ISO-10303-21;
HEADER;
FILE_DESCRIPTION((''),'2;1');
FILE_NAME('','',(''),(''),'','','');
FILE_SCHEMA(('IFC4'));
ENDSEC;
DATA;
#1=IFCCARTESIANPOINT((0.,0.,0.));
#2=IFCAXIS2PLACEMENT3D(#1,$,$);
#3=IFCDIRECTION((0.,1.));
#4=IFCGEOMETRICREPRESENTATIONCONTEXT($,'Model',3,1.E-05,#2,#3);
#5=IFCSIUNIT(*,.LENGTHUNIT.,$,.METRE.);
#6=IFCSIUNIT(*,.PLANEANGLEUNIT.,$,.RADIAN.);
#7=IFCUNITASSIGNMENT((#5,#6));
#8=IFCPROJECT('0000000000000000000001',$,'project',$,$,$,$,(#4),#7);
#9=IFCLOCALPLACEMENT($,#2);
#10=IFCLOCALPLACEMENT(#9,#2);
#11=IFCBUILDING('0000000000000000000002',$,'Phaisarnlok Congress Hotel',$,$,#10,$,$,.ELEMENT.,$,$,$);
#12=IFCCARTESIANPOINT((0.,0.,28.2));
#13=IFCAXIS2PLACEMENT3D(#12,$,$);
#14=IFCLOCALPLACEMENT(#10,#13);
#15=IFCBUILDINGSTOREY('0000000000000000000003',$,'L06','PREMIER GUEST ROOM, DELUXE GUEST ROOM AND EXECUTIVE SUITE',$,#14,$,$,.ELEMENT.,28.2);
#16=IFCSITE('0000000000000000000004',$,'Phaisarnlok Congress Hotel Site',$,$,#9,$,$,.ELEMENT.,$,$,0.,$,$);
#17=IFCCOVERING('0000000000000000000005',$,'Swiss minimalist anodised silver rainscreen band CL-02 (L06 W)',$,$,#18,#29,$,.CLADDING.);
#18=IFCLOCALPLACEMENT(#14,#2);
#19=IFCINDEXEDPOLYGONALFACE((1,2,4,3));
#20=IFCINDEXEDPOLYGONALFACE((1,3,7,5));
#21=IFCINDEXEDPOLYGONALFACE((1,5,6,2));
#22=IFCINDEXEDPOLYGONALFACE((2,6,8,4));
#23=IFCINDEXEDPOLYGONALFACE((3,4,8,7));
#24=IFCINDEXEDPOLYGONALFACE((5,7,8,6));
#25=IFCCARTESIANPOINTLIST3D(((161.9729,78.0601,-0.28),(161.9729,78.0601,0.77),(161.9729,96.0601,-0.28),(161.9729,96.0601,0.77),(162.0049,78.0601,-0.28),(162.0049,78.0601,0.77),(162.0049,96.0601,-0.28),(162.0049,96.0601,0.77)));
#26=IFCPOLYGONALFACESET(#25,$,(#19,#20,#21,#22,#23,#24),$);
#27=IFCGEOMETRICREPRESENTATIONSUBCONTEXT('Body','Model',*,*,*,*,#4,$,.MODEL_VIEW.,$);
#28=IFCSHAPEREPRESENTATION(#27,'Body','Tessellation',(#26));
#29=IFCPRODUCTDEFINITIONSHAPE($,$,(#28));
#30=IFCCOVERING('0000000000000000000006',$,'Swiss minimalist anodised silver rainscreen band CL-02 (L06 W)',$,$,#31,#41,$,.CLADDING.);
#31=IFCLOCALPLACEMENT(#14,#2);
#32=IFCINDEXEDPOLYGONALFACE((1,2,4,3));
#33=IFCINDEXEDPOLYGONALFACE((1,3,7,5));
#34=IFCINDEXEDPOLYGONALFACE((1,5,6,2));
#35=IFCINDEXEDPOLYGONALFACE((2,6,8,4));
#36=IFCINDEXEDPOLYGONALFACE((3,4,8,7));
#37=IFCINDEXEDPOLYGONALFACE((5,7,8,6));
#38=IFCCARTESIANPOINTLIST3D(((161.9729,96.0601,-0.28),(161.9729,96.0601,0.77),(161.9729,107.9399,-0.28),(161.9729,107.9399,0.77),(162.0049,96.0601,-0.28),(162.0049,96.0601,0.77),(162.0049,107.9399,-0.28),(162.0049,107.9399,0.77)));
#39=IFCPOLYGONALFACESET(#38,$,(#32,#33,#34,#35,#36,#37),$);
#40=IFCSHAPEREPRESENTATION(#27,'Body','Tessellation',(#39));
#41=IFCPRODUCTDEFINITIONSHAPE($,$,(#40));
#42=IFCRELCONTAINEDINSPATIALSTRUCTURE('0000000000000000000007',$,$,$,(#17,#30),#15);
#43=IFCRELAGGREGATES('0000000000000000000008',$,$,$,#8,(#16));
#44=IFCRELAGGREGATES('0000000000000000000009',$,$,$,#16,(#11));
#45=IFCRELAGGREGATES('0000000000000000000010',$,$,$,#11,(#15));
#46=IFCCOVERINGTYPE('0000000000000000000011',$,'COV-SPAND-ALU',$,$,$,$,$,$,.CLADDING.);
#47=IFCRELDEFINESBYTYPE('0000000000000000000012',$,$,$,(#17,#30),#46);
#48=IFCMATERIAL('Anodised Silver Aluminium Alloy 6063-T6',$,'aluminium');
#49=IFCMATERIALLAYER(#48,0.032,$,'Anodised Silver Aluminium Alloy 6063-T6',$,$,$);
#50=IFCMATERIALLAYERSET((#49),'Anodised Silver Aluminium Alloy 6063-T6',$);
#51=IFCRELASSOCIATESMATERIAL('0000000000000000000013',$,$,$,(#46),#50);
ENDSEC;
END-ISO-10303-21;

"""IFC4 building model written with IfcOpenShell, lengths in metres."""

from ifc_helpers import new_model, si_unit, direction, frame, origin, place, context, subcontext, project, spatial, polyline, outline, extrude, material, layer, layer_set, type_object, element, save


model = new_model("IFC4")

# Units and contexts
model_context = context("Model", 3, precision=1e-05, world=origin(), true_north=direction((0.0, 1.0)))
body_context = subcontext(model_context, "Body", "Model", "MODEL_VIEW")
ifc_project = project(units=[si_unit("LENGTHUNIT", "METRE"), si_unit("PLANEANGLEUNIT", "RADIAN")], contexts=[model_context])

# Site, building, storey
site_placement = place(None, origin())
site = spatial("IfcSite", under=ifc_project, at=site_placement, Name="Phaisarnlok Congress Hotel Site", CompositionType="ELEMENT", RefElevation=0.0)
building_placement = place(site_placement, origin())
building = spatial("IfcBuilding", under=site, at=building_placement, Name="Phaisarnlok Congress Hotel", CompositionType="ELEMENT")
storey_placement = place(building_placement, frame((0.0, 0.0, 28.2)))
storey = spatial("IfcBuildingStorey", under=building, at=storey_placement, Name="L06", Description="PREMIER GUEST ROOM, DELUXE GUEST ROOM AND EXECUTIVE SUITE", CompositionType="ELEMENT", Elevation=28.2)

# Coverings
ifc_material_1 = material(Name="Anodised Silver Aluminium Alloy 6063-T6", Category="aluminium")
ifc_layer_1 = layer(ifc_material_1, 0.032, Name="Anodised Silver Aluminium Alloy 6063-T6")
ifc_layer_set_1 = layer_set([ifc_layer_1], Name="Anodised Silver Aluminium Alloy 6063-T6")
covering_type = type_object("IfcCoveringType", Name="COV-SPAND-ALU", PredefinedType="CLADDING", material=ifc_layer_set_1)
covering_1_placement = place(storey_placement, frame((162.0049, 96.0601, -0.28), z_axis=(-1.0, 0.0, 0.0), x_axis=(0.0, -1.0, 0.0)))
element("IfcCovering", 1, at=covering_1_placement, inside=storey, type_object=covering_type, Name="Swiss minimalist anodised silver rainscreen band CL-02 (L06 W)", PredefinedType="CLADDING", context=body_context, shape_type="SweptSolid", body=[
    extrude(outline(polyline([(0.0, 0.0), (18.0, 0.0), (18.0, 1.05), (0.0, 1.05), (0.0, 0.0)])), origin(), (0.0, 0.0, 1.0), 0.032),
])
covering_2_placement = place(storey_placement, frame((162.0049, 107.9399, -0.28), z_axis=(-1.0, 0.0, 0.0), x_axis=(0.0, -1.0, 0.0)))
element("IfcCovering", 2, at=covering_2_placement, inside=storey, type_object=covering_type, Name="Swiss minimalist anodised silver rainscreen band CL-02 (L06 W)", PredefinedType="CLADDING", context=body_context, shape_type="SweptSolid", body=[
    extrude(outline(polyline([(0.0, 0.0), (11.8799, 0.0), (11.8799, 1.05), (0.0, 1.05), (0.0, 0.0)])), origin(), (0.0, 0.0, 1.0), 0.032),
])

save(model, "model.ifc")
